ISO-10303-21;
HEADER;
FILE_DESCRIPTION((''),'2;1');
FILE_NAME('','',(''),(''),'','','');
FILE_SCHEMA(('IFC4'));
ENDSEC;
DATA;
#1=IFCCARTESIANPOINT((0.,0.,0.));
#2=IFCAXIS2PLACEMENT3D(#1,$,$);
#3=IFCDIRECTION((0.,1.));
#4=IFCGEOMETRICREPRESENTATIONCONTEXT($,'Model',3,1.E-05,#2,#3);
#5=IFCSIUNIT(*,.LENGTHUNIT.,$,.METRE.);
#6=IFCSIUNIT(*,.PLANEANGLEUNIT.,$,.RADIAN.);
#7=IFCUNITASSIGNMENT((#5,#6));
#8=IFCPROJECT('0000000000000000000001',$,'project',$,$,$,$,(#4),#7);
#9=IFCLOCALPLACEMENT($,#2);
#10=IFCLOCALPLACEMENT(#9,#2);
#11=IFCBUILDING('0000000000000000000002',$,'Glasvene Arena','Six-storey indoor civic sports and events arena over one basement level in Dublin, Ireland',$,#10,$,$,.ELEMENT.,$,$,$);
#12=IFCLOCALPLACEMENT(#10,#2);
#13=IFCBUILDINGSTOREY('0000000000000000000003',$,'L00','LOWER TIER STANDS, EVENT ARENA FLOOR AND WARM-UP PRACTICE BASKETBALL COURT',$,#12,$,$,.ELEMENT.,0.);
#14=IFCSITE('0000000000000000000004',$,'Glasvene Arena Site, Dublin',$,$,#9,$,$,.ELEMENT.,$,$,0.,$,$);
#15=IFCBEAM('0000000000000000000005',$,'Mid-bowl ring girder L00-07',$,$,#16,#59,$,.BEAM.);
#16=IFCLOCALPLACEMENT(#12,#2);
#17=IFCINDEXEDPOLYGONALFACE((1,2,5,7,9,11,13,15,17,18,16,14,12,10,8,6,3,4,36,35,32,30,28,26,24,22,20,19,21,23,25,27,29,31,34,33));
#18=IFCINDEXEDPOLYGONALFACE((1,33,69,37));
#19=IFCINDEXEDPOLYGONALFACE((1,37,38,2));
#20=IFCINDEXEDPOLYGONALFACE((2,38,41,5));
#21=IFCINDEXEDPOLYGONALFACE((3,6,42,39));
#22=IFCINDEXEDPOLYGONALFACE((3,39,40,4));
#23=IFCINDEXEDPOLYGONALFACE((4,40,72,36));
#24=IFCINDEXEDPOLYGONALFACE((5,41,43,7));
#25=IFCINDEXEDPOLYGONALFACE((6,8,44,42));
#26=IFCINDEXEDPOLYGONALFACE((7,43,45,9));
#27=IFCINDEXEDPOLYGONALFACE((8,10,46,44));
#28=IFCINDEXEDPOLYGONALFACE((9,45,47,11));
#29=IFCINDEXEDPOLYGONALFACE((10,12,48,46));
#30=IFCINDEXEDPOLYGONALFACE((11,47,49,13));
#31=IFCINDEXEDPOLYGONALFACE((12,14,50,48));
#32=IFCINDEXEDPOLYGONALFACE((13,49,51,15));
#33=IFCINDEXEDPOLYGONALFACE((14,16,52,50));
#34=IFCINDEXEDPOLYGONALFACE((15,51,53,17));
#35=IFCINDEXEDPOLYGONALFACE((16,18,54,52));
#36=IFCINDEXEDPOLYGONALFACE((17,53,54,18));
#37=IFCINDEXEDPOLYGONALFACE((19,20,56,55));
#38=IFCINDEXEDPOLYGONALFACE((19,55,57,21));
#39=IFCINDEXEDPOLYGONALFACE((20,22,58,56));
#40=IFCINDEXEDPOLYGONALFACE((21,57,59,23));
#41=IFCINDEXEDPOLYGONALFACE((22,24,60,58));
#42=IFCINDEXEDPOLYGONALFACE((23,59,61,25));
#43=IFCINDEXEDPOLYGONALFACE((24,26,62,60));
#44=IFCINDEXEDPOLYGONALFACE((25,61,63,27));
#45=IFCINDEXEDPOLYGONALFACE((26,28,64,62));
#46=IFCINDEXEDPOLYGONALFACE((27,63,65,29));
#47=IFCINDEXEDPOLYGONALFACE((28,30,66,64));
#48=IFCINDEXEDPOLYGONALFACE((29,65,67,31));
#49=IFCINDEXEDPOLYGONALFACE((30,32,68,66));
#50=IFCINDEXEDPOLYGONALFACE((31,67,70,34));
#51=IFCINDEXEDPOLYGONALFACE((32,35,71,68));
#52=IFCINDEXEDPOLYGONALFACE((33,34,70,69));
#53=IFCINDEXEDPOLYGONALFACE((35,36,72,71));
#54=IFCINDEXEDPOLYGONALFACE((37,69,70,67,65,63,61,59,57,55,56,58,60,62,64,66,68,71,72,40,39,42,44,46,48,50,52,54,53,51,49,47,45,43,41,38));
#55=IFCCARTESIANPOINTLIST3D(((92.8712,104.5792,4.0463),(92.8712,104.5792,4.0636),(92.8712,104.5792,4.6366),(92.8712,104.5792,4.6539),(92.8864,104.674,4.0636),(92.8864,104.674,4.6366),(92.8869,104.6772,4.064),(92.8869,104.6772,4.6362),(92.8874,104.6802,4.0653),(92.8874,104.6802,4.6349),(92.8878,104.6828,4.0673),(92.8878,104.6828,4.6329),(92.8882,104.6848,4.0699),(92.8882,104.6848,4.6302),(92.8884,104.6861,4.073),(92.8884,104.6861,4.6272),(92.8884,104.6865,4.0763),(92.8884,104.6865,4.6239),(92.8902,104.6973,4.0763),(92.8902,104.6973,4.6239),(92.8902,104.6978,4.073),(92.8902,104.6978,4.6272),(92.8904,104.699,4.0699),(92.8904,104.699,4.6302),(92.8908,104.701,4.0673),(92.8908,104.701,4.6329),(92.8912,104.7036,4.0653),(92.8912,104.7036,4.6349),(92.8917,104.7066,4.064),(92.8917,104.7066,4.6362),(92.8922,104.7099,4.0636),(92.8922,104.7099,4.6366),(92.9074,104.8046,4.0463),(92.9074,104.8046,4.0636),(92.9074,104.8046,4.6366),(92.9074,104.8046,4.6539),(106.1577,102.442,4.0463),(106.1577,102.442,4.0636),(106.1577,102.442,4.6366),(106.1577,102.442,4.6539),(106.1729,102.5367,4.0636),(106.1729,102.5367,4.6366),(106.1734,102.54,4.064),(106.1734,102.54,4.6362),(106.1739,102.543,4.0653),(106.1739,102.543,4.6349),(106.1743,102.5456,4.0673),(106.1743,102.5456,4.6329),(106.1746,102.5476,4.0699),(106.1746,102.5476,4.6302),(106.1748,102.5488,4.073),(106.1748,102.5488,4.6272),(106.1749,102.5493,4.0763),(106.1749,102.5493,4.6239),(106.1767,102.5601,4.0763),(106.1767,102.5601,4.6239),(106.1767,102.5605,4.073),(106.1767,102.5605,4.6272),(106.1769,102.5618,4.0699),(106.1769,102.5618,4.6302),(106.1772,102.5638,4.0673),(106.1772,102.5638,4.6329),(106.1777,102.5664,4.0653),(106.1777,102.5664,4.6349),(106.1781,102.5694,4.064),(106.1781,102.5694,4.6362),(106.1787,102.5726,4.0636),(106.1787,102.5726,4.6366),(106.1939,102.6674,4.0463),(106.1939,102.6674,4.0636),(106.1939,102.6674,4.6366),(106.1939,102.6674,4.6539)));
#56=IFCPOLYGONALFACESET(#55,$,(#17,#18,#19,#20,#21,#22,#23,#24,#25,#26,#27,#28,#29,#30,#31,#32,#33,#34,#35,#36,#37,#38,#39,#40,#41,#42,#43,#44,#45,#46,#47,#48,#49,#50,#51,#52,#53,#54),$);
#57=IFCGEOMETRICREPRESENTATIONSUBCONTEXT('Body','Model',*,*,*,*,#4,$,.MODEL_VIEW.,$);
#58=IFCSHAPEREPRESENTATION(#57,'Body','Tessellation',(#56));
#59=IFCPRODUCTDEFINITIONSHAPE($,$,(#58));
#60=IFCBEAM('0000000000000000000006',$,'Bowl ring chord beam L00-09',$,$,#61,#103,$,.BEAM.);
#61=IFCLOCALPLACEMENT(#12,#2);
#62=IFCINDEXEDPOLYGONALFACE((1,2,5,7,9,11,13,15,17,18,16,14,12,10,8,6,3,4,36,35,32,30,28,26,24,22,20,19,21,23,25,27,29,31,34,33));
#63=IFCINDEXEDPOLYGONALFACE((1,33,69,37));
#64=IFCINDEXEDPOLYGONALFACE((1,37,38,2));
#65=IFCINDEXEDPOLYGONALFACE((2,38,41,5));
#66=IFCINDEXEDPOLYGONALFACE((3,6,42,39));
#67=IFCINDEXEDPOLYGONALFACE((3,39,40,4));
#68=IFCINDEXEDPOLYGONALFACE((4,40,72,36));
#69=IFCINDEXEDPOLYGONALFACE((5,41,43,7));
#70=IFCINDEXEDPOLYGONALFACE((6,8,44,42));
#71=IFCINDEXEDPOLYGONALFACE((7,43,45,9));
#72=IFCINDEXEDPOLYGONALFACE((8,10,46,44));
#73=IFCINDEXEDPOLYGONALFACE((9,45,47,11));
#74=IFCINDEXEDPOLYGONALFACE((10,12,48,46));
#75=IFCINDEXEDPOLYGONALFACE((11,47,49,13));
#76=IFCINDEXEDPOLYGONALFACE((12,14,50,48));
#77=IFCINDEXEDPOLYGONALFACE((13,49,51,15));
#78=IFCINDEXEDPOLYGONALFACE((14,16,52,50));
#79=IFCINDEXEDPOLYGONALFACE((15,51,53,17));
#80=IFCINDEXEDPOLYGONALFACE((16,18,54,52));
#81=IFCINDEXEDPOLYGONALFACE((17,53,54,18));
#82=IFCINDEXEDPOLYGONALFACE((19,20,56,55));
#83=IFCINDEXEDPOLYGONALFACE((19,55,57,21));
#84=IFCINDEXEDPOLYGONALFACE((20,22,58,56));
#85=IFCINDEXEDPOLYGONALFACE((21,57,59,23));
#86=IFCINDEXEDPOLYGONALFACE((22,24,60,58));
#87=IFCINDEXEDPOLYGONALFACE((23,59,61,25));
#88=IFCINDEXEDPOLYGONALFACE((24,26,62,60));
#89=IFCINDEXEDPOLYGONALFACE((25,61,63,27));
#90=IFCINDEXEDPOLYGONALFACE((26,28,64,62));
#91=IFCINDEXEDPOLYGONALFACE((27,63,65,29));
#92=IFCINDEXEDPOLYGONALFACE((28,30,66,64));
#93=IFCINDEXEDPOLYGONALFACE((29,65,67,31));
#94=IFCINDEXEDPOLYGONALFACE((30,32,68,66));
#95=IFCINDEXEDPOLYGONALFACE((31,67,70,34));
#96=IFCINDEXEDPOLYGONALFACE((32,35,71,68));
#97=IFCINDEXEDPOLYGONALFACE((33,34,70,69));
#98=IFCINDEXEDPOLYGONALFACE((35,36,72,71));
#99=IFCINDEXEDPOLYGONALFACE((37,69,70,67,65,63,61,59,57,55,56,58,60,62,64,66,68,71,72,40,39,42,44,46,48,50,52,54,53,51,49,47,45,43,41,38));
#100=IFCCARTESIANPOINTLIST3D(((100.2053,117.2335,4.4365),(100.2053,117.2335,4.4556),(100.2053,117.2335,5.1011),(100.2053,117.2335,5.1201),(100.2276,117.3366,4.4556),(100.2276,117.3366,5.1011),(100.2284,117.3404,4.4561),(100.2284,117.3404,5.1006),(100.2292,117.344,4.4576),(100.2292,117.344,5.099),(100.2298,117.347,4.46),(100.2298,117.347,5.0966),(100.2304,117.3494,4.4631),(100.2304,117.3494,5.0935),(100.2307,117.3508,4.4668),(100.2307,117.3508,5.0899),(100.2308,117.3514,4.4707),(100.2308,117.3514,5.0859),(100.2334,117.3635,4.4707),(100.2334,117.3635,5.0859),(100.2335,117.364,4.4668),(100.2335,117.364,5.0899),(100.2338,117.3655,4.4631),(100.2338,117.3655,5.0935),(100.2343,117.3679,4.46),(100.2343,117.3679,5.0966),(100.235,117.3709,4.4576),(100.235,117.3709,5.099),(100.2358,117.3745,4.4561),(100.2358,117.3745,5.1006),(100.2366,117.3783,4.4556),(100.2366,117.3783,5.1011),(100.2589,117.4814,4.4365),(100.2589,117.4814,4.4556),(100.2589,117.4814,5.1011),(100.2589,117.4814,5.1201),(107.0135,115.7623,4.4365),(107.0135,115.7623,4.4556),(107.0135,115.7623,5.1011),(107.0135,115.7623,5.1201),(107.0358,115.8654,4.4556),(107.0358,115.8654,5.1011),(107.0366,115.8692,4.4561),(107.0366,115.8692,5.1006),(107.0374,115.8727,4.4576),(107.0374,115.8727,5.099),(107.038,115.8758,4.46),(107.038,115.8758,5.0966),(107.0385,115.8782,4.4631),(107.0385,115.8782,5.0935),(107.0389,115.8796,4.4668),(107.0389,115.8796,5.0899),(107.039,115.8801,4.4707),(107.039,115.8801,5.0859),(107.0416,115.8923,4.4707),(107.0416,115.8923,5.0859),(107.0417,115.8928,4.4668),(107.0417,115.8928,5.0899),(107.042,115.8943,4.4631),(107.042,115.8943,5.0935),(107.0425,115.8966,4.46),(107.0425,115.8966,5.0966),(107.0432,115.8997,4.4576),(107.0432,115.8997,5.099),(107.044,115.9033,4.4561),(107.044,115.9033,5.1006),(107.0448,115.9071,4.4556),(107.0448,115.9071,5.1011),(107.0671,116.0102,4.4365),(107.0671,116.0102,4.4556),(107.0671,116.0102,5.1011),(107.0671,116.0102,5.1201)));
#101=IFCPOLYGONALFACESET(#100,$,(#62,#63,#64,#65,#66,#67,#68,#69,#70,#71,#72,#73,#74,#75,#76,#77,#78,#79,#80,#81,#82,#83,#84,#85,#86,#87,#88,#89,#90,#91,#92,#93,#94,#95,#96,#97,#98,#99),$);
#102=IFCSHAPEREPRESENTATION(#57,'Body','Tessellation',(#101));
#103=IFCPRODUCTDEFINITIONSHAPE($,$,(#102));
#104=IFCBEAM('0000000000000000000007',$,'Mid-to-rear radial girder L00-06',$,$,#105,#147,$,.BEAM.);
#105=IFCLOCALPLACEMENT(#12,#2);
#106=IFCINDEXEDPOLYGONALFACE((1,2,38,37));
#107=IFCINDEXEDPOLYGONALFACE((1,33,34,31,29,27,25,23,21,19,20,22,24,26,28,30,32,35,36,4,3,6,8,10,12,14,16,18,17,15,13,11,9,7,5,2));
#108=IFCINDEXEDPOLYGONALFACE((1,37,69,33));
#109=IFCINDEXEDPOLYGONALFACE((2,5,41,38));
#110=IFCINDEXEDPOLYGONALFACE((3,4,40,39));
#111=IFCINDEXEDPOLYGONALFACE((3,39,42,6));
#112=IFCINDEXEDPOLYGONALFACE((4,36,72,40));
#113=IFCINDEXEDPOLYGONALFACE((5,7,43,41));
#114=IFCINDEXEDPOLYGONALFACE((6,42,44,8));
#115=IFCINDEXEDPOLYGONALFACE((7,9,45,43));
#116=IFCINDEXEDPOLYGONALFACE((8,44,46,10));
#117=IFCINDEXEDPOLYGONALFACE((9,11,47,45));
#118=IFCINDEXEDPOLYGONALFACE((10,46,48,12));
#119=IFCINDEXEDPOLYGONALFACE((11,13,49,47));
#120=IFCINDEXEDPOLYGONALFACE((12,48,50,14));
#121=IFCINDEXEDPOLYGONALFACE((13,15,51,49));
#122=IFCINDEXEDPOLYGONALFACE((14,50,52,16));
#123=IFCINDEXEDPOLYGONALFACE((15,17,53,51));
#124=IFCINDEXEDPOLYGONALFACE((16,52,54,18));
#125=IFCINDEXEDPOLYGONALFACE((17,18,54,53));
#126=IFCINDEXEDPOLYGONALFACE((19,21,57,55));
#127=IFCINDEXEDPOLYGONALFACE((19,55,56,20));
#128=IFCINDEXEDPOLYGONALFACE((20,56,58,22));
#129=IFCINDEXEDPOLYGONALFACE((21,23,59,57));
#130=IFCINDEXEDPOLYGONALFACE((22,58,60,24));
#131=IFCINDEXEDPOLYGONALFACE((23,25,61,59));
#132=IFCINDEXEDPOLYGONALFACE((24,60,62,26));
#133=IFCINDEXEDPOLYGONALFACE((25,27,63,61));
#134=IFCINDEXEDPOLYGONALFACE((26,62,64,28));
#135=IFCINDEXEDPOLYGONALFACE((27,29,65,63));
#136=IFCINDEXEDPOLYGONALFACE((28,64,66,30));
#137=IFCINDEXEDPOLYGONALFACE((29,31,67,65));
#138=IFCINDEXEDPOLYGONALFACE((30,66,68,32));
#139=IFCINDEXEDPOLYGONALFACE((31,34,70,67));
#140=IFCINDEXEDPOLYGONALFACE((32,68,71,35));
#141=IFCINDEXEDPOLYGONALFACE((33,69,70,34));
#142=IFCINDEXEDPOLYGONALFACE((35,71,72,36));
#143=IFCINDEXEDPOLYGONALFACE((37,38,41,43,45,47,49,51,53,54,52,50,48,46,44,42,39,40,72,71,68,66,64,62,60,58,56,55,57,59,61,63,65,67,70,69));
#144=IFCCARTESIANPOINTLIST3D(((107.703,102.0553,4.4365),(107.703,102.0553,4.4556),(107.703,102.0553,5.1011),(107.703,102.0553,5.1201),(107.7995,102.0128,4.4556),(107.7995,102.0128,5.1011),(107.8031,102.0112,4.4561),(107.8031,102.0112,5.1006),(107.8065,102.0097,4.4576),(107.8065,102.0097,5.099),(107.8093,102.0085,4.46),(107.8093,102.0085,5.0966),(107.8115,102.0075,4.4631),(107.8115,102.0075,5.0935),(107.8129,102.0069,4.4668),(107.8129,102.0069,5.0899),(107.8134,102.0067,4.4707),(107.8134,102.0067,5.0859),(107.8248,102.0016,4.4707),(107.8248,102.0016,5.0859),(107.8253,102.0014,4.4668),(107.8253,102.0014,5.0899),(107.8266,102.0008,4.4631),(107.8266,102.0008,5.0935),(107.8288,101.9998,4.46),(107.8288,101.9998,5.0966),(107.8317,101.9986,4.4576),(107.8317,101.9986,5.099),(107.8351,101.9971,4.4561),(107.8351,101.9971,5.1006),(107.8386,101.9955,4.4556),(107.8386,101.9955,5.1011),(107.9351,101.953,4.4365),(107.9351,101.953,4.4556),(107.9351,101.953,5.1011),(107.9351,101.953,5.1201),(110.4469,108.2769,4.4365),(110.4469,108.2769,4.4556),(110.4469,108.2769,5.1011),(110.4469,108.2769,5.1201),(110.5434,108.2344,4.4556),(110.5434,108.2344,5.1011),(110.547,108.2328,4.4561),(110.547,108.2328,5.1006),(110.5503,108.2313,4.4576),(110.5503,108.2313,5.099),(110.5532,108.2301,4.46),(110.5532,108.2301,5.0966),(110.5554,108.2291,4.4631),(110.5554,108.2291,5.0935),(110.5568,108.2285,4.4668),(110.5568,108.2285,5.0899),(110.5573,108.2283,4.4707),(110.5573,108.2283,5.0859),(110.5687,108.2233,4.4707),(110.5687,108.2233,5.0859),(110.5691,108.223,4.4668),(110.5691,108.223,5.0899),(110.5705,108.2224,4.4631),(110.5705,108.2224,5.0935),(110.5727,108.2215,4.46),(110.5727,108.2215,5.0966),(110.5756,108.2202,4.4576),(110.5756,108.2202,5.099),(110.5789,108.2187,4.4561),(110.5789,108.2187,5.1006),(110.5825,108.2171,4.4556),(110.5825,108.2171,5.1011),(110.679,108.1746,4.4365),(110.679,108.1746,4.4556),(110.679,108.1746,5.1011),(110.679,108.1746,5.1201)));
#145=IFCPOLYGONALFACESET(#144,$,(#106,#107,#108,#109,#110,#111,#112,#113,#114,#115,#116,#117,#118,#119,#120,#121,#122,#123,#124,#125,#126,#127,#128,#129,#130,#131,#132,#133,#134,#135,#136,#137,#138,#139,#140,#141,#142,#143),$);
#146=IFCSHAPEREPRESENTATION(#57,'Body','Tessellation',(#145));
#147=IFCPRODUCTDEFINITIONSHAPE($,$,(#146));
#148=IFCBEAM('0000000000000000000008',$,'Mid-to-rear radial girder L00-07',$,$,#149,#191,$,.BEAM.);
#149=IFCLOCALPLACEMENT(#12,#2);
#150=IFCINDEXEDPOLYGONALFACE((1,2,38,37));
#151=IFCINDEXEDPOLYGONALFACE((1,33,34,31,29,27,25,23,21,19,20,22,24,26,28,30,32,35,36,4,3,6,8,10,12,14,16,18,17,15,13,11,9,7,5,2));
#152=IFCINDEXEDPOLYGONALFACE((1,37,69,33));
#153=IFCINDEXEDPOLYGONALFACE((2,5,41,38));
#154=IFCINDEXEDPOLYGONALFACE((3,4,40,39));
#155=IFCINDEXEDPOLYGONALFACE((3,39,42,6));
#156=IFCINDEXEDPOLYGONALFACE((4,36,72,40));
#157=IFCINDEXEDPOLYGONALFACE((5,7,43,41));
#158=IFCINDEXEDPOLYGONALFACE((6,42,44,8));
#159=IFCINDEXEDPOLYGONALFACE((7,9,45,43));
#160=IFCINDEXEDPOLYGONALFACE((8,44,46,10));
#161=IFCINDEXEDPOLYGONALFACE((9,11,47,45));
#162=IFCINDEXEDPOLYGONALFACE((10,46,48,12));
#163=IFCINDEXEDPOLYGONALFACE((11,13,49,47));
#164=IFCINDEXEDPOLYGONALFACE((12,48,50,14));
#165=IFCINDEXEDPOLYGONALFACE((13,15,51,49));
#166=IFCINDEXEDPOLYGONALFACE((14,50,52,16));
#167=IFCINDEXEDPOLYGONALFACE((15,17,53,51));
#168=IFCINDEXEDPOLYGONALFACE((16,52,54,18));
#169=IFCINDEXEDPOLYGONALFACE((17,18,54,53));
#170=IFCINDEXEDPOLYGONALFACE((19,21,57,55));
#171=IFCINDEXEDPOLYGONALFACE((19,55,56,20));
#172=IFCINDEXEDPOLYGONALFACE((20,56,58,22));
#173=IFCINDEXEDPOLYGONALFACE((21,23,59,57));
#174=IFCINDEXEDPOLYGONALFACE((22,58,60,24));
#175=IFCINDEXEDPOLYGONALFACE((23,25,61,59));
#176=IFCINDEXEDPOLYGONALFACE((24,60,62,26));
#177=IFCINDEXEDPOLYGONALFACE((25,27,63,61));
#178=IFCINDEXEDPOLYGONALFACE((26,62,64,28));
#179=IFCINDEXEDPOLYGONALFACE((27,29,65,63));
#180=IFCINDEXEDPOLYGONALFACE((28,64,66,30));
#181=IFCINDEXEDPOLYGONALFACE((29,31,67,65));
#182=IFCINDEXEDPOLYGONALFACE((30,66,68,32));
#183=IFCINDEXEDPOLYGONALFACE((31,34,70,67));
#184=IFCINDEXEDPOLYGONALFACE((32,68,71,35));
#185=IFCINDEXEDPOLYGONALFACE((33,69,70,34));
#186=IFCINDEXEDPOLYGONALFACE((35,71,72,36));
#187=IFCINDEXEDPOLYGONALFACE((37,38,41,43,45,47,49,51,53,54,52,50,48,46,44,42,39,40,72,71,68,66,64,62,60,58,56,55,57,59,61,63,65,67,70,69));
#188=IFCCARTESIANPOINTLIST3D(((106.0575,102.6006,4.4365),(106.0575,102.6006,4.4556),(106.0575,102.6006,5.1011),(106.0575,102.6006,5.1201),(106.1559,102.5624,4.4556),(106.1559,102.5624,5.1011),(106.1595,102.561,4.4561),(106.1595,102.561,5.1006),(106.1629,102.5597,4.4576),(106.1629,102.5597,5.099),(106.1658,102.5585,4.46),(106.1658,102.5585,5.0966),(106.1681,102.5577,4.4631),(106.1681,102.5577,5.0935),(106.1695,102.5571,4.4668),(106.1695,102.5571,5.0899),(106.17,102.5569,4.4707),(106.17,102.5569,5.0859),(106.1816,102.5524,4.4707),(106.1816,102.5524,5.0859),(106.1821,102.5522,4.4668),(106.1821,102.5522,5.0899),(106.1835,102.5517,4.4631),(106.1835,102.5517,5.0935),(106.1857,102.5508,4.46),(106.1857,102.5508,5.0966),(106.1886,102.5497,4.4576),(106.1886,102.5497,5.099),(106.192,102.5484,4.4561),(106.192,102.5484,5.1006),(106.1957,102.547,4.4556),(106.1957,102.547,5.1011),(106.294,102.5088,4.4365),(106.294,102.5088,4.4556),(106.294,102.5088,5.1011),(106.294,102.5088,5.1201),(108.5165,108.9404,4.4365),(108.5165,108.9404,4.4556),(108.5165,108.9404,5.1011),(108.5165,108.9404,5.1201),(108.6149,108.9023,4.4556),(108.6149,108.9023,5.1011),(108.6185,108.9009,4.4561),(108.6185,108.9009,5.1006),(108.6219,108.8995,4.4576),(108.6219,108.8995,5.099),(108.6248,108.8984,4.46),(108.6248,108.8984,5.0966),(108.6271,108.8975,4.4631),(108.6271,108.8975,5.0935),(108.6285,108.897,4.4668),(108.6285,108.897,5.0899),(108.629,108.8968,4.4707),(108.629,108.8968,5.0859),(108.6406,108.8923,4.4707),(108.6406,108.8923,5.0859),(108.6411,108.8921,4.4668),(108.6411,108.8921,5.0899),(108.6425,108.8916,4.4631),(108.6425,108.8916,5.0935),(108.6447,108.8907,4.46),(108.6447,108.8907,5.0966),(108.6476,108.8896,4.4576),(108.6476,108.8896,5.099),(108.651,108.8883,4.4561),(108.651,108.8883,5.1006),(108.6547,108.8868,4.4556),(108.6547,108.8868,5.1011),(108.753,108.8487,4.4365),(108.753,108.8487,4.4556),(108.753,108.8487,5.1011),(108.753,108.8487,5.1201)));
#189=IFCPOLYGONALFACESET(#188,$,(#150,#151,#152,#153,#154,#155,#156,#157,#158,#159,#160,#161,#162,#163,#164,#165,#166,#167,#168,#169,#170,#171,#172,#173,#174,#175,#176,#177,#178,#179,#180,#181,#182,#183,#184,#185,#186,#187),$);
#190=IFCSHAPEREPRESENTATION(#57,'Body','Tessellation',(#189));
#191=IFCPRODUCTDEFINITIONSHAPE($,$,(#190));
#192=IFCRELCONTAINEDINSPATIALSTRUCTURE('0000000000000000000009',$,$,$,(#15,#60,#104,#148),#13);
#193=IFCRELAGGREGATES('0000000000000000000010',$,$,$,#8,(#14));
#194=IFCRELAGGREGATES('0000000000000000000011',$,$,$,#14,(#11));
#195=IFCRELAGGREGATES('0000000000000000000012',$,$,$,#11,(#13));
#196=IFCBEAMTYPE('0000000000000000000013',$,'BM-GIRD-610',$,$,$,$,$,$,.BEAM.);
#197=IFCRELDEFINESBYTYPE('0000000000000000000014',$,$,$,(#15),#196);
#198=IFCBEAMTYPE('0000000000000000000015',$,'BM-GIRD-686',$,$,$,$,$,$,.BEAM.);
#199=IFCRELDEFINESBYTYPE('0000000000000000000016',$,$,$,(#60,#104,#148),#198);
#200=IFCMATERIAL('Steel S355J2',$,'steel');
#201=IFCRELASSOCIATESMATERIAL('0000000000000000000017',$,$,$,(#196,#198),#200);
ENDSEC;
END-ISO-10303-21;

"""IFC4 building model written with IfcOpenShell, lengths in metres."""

from ifc_helpers import new_model, si_unit, direction, frame, origin, origin_2d, place, context, subcontext, project, spatial, i_section, extrude, material, material_profile, profile_set, type_object, element, save


model = new_model("IFC4")

# Units and contexts
model_context = context("Model", 3, precision=1e-05, world=origin(), true_north=direction((0.0, 1.0)))
body_context = subcontext(model_context, "Body", "Model", "MODEL_VIEW")
ifc_project = project(units=[si_unit("LENGTHUNIT", "METRE"), si_unit("PLANEANGLEUNIT", "RADIAN")], contexts=[model_context])

# Site, building, storey
site_placement = place(None, origin())
site = spatial("IfcSite", under=ifc_project, at=site_placement, Name="Glasvene Arena Site, Dublin", CompositionType="ELEMENT", RefElevation=0.0)
building_placement = place(site_placement, origin())
building = spatial("IfcBuilding", under=site, at=building_placement, Name="Glasvene Arena", Description="Six-storey indoor civic sports and events arena over one basement level in Dublin, Ireland", CompositionType="ELEMENT")
storey_placement = place(building_placement, origin())
storey = spatial("IfcBuildingStorey", under=building, at=storey_placement, Name="L00", Description="LOWER TIER STANDS, EVENT ARENA FLOOR AND WARM-UP PRACTICE BASKETBALL COURT", CompositionType="ELEMENT", Elevation=0.0)

# Shared definitions
ifc_material_1 = material(Name="Steel S355J2", Category="steel")

# Beams
ifc_material_profile_1 = material_profile(ifc_material_1, i_section(OverallWidth=0.2283, OverallDepth=0.6077, WebThickness=0.011, FlangeThickness=0.0173, FilletRadius=0.0127, at=origin_2d()), Name="UKB 610x229x113")
ifc_profile_set_1 = profile_set([ifc_material_profile_1], Name="Steel S355J2")
beam_type_1 = type_object("IfcBeamType", Name="BM-GIRD-610", PredefinedType="BEAM", material=ifc_profile_set_1)
beam_1_placement = place(storey_placement, frame((106.1758, 102.5547, 4.3501), z_axis=(-0.987308, 0.158815, 0.0), x_axis=(-0.158815, -0.987308, 0.0)))
element("IfcBeam", 1, at=beam_1_placement, inside=storey, type_object=beam_type_1, Name="Mid-bowl ring girder L00-07", PredefinedType="BEAM", context=body_context, shape_type="SweptSolid", body=[
    extrude(i_section(OverallWidth=0.2283, OverallDepth=0.6077, WebThickness=0.011, FlangeThickness=0.0173, FilletRadius=0.0127, at=origin_2d()), origin(), (0.0, 0.0, 1.0), 13.4573),
])
ifc_material_profile_2 = material_profile(ifc_material_1, i_section(OverallWidth=0.2537, OverallDepth=0.6836, WebThickness=0.0125, FlangeThickness=0.019, FilletRadius=0.0151, at=origin_2d()), Name="UKB 686x254x140")
ifc_profile_set_2 = profile_set([ifc_material_profile_2], Name="Steel S355J2")
beam_type_2 = type_object("IfcBeamType", Name="BM-GIRD-686", PredefinedType="BEAM", material=ifc_profile_set_2)
beam_2_placement = place(storey_placement, frame((107.0403, 115.8862, 4.7783), z_axis=(-0.977439, 0.211219, 0.0), x_axis=(-0.211219, -0.977439, 0.0)))
element("IfcBeam", 2, at=beam_2_placement, inside=storey, type_object=beam_type_2, Name="Bowl ring chord beam L00-09", PredefinedType="BEAM", context=body_context, shape_type="SweptSolid", body=[
    extrude(i_section(OverallWidth=0.2537, OverallDepth=0.6836, WebThickness=0.0125, FlangeThickness=0.019, FilletRadius=0.0151, at=origin_2d()), origin(), (0.0, 0.0, 1.0), 6.9653),
])
beam_3_placement = place(storey_placement, frame((107.8191, 102.0042, 4.7783), z_axis=(0.403522, 0.91497, 0.0), x_axis=(-0.91497, 0.403522, 0.0)))
element("IfcBeam", 3, at=beam_3_placement, inside=storey, type_object=beam_type_2, Name="Mid-to-rear radial girder L00-06", PredefinedType="BEAM", context=body_context, shape_type="SweptSolid", body=[
    extrude(i_section(OverallWidth=0.2537, OverallDepth=0.6836, WebThickness=0.0125, FlangeThickness=0.019, FilletRadius=0.0151, at=origin_2d()), origin(), (0.0, 0.0, 1.0), 6.7998),
])
beam_4_placement = place(storey_placement, frame((106.1758, 102.5547, 4.7783), z_axis=(0.361614, 0.932328, 0.0), x_axis=(-0.932328, 0.361614, 0.0)))
element("IfcBeam", 4, at=beam_4_placement, inside=storey, type_object=beam_type_2, Name="Mid-to-rear radial girder L00-07", PredefinedType="BEAM", context=body_context, shape_type="SweptSolid", body=[
    extrude(i_section(OverallWidth=0.2537, OverallDepth=0.6836, WebThickness=0.0125, FlangeThickness=0.019, FilletRadius=0.0151, at=origin_2d()), origin(), (0.0, 0.0, 1.0), 6.8),
])

save(model, "model.ifc")
